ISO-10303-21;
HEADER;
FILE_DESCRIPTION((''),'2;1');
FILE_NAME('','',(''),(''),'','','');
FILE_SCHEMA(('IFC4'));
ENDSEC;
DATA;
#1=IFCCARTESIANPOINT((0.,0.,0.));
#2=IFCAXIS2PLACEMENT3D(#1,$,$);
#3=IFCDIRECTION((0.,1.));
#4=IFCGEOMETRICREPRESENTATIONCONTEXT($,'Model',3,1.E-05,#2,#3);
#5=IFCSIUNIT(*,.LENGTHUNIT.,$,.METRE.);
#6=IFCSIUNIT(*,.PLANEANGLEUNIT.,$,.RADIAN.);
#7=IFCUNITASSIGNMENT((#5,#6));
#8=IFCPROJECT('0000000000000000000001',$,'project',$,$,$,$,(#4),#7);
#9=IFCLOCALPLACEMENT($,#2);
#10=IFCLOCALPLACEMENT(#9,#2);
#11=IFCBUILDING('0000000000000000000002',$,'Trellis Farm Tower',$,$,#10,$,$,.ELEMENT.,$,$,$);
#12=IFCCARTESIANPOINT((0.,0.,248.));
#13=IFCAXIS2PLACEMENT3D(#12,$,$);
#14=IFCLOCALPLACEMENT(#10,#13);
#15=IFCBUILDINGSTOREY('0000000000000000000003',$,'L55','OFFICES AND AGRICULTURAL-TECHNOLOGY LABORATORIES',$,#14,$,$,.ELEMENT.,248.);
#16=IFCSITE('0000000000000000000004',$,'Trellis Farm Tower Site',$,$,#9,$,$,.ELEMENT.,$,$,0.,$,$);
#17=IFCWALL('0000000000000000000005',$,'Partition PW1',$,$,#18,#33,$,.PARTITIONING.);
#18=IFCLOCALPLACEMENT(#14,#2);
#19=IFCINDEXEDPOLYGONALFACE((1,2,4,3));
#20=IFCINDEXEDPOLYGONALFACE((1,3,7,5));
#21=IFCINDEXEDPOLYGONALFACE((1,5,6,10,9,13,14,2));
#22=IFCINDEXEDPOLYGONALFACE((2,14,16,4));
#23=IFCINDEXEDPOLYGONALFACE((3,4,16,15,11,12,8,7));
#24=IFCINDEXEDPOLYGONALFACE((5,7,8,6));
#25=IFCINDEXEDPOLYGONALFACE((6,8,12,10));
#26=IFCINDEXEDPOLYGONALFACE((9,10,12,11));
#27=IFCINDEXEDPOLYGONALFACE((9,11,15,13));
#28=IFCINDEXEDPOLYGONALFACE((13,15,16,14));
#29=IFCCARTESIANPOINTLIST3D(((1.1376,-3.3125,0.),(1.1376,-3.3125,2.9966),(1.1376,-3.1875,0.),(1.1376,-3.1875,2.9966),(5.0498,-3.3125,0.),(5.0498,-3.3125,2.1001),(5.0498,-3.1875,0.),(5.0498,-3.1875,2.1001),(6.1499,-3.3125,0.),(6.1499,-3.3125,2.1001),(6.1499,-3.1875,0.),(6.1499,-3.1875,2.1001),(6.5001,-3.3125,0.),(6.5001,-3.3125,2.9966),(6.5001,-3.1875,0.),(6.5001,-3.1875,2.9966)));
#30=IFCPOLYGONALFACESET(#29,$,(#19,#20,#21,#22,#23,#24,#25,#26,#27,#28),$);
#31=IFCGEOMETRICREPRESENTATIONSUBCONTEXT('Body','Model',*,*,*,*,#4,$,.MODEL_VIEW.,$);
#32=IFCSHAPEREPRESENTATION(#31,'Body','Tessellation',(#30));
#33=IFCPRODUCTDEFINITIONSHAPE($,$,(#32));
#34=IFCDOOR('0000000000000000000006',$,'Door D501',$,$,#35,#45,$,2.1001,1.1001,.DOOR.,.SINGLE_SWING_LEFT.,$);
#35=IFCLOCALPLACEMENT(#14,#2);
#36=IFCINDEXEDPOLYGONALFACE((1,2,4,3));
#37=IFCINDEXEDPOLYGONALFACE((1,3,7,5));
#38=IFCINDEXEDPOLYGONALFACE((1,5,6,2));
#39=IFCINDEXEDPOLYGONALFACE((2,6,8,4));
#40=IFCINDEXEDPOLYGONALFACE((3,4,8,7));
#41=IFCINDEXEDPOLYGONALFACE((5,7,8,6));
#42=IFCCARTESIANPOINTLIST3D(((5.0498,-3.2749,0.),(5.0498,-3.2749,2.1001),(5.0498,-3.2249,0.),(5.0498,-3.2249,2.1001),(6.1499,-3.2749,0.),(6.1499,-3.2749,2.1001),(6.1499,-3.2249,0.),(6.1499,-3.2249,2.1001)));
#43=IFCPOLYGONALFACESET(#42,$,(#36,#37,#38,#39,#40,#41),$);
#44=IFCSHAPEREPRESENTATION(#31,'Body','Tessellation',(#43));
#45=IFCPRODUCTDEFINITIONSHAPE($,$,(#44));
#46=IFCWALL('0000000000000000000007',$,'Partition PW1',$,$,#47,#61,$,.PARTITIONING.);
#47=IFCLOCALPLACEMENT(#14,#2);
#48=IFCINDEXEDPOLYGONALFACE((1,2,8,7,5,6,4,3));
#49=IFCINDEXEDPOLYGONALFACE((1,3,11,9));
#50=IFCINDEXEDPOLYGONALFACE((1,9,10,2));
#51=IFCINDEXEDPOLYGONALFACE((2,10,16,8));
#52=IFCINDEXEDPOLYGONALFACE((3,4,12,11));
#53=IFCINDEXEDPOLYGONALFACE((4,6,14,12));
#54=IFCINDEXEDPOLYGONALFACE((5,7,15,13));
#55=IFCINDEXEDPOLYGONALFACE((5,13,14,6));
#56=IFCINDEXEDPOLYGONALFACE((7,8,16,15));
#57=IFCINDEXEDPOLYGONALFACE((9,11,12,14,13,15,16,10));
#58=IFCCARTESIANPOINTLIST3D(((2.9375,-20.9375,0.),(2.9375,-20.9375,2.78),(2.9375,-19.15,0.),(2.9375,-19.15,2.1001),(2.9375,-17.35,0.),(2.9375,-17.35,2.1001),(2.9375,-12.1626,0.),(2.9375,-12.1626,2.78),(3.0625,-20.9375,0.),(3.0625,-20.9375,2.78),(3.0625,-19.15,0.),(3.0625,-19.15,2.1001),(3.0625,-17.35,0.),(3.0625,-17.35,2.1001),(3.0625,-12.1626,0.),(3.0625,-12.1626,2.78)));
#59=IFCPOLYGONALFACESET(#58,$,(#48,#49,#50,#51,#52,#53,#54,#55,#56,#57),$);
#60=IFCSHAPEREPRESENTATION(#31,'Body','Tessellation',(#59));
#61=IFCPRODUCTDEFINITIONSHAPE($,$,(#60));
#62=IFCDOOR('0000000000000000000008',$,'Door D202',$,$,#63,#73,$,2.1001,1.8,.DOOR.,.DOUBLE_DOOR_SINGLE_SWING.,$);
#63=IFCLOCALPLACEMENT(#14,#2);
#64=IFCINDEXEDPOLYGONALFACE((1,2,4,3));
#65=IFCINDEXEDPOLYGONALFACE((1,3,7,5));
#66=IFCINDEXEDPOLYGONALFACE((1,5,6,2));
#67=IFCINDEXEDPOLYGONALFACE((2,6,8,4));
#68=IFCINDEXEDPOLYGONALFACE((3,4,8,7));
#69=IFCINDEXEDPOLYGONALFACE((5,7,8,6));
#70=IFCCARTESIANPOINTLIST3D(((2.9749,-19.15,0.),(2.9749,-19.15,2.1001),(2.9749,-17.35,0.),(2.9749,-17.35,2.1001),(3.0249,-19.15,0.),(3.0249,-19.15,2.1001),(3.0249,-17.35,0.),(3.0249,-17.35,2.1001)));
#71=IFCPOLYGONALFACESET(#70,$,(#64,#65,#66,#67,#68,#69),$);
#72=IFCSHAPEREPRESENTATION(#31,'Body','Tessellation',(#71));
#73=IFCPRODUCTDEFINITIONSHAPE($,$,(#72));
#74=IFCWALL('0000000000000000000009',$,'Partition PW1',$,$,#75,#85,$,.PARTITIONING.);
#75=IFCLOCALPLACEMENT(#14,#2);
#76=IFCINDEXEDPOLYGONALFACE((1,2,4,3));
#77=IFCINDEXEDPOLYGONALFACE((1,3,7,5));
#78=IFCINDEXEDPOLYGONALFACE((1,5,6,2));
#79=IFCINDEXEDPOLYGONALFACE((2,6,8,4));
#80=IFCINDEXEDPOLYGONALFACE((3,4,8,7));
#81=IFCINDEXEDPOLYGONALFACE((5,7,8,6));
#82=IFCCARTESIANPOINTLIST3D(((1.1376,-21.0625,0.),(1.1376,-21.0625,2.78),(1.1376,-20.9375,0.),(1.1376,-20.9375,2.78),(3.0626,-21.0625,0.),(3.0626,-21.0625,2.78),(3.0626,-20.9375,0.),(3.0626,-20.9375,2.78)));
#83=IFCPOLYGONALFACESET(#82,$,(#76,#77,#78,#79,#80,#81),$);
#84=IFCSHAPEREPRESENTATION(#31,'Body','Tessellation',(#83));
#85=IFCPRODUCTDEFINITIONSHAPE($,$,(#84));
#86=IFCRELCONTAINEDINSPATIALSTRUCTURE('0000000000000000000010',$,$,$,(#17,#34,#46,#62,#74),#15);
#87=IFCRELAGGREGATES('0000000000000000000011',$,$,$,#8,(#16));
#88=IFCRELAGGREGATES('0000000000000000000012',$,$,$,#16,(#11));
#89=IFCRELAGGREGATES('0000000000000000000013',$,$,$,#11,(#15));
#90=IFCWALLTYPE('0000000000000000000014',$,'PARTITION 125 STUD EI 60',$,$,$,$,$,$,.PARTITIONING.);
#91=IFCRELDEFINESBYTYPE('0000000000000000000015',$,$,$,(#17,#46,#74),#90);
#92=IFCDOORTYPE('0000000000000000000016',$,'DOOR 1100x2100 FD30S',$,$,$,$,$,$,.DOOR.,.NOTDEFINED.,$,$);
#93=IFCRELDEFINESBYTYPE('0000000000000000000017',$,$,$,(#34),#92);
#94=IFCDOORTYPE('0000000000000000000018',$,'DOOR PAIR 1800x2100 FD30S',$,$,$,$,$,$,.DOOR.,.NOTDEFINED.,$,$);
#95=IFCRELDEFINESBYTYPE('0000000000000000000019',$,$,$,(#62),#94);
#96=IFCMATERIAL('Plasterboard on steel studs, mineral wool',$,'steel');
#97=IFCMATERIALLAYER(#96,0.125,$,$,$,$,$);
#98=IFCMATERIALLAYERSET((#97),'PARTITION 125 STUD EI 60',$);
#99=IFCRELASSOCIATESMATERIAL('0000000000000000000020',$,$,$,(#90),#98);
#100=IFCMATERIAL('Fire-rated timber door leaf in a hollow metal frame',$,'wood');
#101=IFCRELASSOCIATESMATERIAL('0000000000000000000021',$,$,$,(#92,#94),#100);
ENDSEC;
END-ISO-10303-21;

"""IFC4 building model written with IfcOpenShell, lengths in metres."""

from ifc_helpers import new_model, si_unit, direction, frame, frame_2d, origin, place, context, subcontext, project, spatial, rectangle, extrude, source, transform, mapped, material, layer, layer_set, type_object, element, fill, save


model = new_model("IFC4")

# Units and contexts
model_context = context("Model", 3, precision=1e-05, world=origin(), true_north=direction((0.0, 1.0)))
body_context = subcontext(model_context, "Body", "Model", "MODEL_VIEW")
ifc_project = project(units=[si_unit("LENGTHUNIT", "METRE"), si_unit("PLANEANGLEUNIT", "RADIAN")], contexts=[model_context])

# Site, building, storey
site_placement = place(None, origin())
site = spatial("IfcSite", under=ifc_project, at=site_placement, Name="Trellis Farm Tower Site", CompositionType="ELEMENT", RefElevation=0.0)
building_placement = place(site_placement, origin())
building = spatial("IfcBuilding", under=site, at=building_placement, Name="Trellis Farm Tower", CompositionType="ELEMENT")
storey_placement = place(building_placement, frame((0.0, 0.0, 248.0)))
storey = spatial("IfcBuildingStorey", under=building, at=storey_placement, Name="L55", Description="OFFICES AND AGRICULTURAL-TECHNOLOGY LABORATORIES", CompositionType="ELEMENT", Elevation=248.0)

# Walls, openings, doors
ifc_material_1 = material(Name="Plasterboard on steel studs, mineral wool", Category="steel")
ifc_layer_1 = layer(ifc_material_1, 0.125)
ifc_layer_set_1 = layer_set([ifc_layer_1], Name="PARTITION 125 STUD EI 60")
wall_type_1 = type_object("IfcWallType", Name="PARTITION 125 STUD EI 60", PredefinedType="PARTITIONING", material=ifc_layer_set_1)
shared_shape_1 = source(origin(), body_context, "Body", "SweptSolid", [
    extrude(rectangle(XDim=5.3625, YDim=0.125, at=frame_2d((2.6812, 0.0))), origin(), (0.0, 0.0, 1.0), 2.9966),
])
wall_1_placement = place(storey_placement, frame((6.5, -3.25, 0.0), z_axis=(0.0, 0.0, 1.0), x_axis=(-1.0, 0.0, 0.0)))
wall_1 = element("IfcWall", 1, at=wall_1_placement, inside=storey, type_object=wall_type_1, Name="Partition PW1", PredefinedType="PARTITIONING", context=body_context, shape_type="MappedRepresentation", body=[
    mapped(shared_shape_1, transform((0.0, 0.0, 0.0))),
])
shared_shape_2 = source(origin(), body_context, "Body", "SweptSolid", [
    extrude(rectangle(XDim=1.1001, YDim=2.1001, at=frame_2d((0.55, 1.05))), frame((0.0, 0.0725, 0.0), z_axis=(0.0, -1.0, 0.0), x_axis=(1.0, 0.0, 0.0)), (0.0, 0.0, 1.0), 0.145),
])
opening_1_placement = place(wall_1_placement, frame((0.3501, 0.0, 0.0)))
opening_1 = element("IfcOpeningElement", 2, at=opening_1_placement, cuts=wall_1, PredefinedType="OPENING", context=body_context, shape_type="MappedRepresentation", body=[
    mapped(shared_shape_2, transform((0.0, 0.0, 0.0))),
])
ifc_material_2 = material(Name="Fire-rated timber door leaf in a hollow metal frame", Category="wood")
door_type_1 = type_object("IfcDoorType", Name="DOOR 1100x2100 FD30S", OperationType="NOTDEFINED", PredefinedType="DOOR", material=ifc_material_2)
shared_shape_3 = source(origin(), body_context, "Body", "SweptSolid", [
    extrude(rectangle(XDim=1.1001, YDim=2.1001, at=frame_2d((0.55, 1.05))), frame((0.0, 0.0249, 0.0), z_axis=(0.0, -1.0, 0.0), x_axis=(1.0, 0.0, 0.0)), (0.0, 0.0, 1.0), 0.05),
])
door_1_placement = place(opening_1_placement, origin())
door_1 = element("IfcDoor", 3, at=door_1_placement, inside=storey, type_object=door_type_1, Name="Door D501", OperationType="SINGLE_SWING_LEFT", OverallHeight=2.1001, OverallWidth=1.1001, PredefinedType="DOOR", context=body_context, shape_type="MappedRepresentation", body=[
    mapped(shared_shape_3, transform((0.0, 0.0, 0.0))),
])
fill(opening_1, door_1)
shared_shape_4 = source(origin(), body_context, "Body", "SweptSolid", [
    extrude(rectangle(XDim=8.7749, YDim=0.125, at=frame_2d((4.3875, 0.0))), origin(), (0.0, 0.0, 1.0), 2.78),
])
wall_2_placement = place(storey_placement, frame((3.0, -12.1626, 0.0), z_axis=(0.0, 0.0, 1.0), x_axis=(0.0, -1.0, 0.0)))
wall_2 = element("IfcWall", 4, at=wall_2_placement, inside=storey, type_object=wall_type_1, Name="Partition PW1", PredefinedType="PARTITIONING", context=body_context, shape_type="MappedRepresentation", body=[
    mapped(shared_shape_4, transform((0.0, 0.0, 0.0))),
])
shared_shape_5 = source(origin(), body_context, "Body", "SweptSolid", [
    extrude(rectangle(XDim=1.8, YDim=2.1001, at=frame_2d((0.8999, 1.05))), frame((0.0, 0.0725, 0.0), z_axis=(0.0, -1.0, 0.0), x_axis=(1.0, 0.0, 0.0)), (0.0, 0.0, 1.0), 0.145),
])
opening_2_placement = place(wall_2_placement, frame((5.1875, 0.0, 0.0)))
opening_2 = element("IfcOpeningElement", 5, at=opening_2_placement, cuts=wall_2, PredefinedType="OPENING", context=body_context, shape_type="MappedRepresentation", body=[
    mapped(shared_shape_5, transform((0.0, 0.0, 0.0))),
])
door_type_2 = type_object("IfcDoorType", Name="DOOR PAIR 1800x2100 FD30S", OperationType="NOTDEFINED", PredefinedType="DOOR", material=ifc_material_2)
shared_shape_6 = source(origin(), body_context, "Body", "SweptSolid", [
    extrude(rectangle(XDim=1.8, YDim=2.1001, at=frame_2d((0.8999, 1.05))), frame((0.0, 0.0249, 0.0), z_axis=(0.0, -1.0, 0.0), x_axis=(1.0, 0.0, 0.0)), (0.0, 0.0, 1.0), 0.05),
])
door_2_placement = place(opening_2_placement, origin())
door_2 = element("IfcDoor", 6, at=door_2_placement, inside=storey, type_object=door_type_2, Name="Door D202", OperationType="DOUBLE_DOOR_SINGLE_SWING", OverallHeight=2.1001, OverallWidth=1.8, PredefinedType="DOOR", context=body_context, shape_type="MappedRepresentation", body=[
    mapped(shared_shape_6, transform((0.0, 0.0, 0.0))),
])
fill(opening_2, door_2)

# Wall
shared_shape_7 = source(origin(), body_context, "Body", "SweptSolid", [
    extrude(rectangle(XDim=1.925, YDim=0.125, at=frame_2d((0.9624, 0.0))), origin(), (0.0, 0.0, 1.0), 2.78),
])
wall_3_placement = place(storey_placement, frame((3.0625, -21.0, 0.0), z_axis=(0.0, 0.0, 1.0), x_axis=(-1.0, 0.0, 0.0)))
element("IfcWall", 7, at=wall_3_placement, inside=storey, type_object=wall_type_1, Name="Partition PW1", PredefinedType="PARTITIONING", context=body_context, shape_type="MappedRepresentation", body=[
    mapped(shared_shape_7, transform((0.0, 0.0, 0.0))),
])

save(model, "model.ifc")
